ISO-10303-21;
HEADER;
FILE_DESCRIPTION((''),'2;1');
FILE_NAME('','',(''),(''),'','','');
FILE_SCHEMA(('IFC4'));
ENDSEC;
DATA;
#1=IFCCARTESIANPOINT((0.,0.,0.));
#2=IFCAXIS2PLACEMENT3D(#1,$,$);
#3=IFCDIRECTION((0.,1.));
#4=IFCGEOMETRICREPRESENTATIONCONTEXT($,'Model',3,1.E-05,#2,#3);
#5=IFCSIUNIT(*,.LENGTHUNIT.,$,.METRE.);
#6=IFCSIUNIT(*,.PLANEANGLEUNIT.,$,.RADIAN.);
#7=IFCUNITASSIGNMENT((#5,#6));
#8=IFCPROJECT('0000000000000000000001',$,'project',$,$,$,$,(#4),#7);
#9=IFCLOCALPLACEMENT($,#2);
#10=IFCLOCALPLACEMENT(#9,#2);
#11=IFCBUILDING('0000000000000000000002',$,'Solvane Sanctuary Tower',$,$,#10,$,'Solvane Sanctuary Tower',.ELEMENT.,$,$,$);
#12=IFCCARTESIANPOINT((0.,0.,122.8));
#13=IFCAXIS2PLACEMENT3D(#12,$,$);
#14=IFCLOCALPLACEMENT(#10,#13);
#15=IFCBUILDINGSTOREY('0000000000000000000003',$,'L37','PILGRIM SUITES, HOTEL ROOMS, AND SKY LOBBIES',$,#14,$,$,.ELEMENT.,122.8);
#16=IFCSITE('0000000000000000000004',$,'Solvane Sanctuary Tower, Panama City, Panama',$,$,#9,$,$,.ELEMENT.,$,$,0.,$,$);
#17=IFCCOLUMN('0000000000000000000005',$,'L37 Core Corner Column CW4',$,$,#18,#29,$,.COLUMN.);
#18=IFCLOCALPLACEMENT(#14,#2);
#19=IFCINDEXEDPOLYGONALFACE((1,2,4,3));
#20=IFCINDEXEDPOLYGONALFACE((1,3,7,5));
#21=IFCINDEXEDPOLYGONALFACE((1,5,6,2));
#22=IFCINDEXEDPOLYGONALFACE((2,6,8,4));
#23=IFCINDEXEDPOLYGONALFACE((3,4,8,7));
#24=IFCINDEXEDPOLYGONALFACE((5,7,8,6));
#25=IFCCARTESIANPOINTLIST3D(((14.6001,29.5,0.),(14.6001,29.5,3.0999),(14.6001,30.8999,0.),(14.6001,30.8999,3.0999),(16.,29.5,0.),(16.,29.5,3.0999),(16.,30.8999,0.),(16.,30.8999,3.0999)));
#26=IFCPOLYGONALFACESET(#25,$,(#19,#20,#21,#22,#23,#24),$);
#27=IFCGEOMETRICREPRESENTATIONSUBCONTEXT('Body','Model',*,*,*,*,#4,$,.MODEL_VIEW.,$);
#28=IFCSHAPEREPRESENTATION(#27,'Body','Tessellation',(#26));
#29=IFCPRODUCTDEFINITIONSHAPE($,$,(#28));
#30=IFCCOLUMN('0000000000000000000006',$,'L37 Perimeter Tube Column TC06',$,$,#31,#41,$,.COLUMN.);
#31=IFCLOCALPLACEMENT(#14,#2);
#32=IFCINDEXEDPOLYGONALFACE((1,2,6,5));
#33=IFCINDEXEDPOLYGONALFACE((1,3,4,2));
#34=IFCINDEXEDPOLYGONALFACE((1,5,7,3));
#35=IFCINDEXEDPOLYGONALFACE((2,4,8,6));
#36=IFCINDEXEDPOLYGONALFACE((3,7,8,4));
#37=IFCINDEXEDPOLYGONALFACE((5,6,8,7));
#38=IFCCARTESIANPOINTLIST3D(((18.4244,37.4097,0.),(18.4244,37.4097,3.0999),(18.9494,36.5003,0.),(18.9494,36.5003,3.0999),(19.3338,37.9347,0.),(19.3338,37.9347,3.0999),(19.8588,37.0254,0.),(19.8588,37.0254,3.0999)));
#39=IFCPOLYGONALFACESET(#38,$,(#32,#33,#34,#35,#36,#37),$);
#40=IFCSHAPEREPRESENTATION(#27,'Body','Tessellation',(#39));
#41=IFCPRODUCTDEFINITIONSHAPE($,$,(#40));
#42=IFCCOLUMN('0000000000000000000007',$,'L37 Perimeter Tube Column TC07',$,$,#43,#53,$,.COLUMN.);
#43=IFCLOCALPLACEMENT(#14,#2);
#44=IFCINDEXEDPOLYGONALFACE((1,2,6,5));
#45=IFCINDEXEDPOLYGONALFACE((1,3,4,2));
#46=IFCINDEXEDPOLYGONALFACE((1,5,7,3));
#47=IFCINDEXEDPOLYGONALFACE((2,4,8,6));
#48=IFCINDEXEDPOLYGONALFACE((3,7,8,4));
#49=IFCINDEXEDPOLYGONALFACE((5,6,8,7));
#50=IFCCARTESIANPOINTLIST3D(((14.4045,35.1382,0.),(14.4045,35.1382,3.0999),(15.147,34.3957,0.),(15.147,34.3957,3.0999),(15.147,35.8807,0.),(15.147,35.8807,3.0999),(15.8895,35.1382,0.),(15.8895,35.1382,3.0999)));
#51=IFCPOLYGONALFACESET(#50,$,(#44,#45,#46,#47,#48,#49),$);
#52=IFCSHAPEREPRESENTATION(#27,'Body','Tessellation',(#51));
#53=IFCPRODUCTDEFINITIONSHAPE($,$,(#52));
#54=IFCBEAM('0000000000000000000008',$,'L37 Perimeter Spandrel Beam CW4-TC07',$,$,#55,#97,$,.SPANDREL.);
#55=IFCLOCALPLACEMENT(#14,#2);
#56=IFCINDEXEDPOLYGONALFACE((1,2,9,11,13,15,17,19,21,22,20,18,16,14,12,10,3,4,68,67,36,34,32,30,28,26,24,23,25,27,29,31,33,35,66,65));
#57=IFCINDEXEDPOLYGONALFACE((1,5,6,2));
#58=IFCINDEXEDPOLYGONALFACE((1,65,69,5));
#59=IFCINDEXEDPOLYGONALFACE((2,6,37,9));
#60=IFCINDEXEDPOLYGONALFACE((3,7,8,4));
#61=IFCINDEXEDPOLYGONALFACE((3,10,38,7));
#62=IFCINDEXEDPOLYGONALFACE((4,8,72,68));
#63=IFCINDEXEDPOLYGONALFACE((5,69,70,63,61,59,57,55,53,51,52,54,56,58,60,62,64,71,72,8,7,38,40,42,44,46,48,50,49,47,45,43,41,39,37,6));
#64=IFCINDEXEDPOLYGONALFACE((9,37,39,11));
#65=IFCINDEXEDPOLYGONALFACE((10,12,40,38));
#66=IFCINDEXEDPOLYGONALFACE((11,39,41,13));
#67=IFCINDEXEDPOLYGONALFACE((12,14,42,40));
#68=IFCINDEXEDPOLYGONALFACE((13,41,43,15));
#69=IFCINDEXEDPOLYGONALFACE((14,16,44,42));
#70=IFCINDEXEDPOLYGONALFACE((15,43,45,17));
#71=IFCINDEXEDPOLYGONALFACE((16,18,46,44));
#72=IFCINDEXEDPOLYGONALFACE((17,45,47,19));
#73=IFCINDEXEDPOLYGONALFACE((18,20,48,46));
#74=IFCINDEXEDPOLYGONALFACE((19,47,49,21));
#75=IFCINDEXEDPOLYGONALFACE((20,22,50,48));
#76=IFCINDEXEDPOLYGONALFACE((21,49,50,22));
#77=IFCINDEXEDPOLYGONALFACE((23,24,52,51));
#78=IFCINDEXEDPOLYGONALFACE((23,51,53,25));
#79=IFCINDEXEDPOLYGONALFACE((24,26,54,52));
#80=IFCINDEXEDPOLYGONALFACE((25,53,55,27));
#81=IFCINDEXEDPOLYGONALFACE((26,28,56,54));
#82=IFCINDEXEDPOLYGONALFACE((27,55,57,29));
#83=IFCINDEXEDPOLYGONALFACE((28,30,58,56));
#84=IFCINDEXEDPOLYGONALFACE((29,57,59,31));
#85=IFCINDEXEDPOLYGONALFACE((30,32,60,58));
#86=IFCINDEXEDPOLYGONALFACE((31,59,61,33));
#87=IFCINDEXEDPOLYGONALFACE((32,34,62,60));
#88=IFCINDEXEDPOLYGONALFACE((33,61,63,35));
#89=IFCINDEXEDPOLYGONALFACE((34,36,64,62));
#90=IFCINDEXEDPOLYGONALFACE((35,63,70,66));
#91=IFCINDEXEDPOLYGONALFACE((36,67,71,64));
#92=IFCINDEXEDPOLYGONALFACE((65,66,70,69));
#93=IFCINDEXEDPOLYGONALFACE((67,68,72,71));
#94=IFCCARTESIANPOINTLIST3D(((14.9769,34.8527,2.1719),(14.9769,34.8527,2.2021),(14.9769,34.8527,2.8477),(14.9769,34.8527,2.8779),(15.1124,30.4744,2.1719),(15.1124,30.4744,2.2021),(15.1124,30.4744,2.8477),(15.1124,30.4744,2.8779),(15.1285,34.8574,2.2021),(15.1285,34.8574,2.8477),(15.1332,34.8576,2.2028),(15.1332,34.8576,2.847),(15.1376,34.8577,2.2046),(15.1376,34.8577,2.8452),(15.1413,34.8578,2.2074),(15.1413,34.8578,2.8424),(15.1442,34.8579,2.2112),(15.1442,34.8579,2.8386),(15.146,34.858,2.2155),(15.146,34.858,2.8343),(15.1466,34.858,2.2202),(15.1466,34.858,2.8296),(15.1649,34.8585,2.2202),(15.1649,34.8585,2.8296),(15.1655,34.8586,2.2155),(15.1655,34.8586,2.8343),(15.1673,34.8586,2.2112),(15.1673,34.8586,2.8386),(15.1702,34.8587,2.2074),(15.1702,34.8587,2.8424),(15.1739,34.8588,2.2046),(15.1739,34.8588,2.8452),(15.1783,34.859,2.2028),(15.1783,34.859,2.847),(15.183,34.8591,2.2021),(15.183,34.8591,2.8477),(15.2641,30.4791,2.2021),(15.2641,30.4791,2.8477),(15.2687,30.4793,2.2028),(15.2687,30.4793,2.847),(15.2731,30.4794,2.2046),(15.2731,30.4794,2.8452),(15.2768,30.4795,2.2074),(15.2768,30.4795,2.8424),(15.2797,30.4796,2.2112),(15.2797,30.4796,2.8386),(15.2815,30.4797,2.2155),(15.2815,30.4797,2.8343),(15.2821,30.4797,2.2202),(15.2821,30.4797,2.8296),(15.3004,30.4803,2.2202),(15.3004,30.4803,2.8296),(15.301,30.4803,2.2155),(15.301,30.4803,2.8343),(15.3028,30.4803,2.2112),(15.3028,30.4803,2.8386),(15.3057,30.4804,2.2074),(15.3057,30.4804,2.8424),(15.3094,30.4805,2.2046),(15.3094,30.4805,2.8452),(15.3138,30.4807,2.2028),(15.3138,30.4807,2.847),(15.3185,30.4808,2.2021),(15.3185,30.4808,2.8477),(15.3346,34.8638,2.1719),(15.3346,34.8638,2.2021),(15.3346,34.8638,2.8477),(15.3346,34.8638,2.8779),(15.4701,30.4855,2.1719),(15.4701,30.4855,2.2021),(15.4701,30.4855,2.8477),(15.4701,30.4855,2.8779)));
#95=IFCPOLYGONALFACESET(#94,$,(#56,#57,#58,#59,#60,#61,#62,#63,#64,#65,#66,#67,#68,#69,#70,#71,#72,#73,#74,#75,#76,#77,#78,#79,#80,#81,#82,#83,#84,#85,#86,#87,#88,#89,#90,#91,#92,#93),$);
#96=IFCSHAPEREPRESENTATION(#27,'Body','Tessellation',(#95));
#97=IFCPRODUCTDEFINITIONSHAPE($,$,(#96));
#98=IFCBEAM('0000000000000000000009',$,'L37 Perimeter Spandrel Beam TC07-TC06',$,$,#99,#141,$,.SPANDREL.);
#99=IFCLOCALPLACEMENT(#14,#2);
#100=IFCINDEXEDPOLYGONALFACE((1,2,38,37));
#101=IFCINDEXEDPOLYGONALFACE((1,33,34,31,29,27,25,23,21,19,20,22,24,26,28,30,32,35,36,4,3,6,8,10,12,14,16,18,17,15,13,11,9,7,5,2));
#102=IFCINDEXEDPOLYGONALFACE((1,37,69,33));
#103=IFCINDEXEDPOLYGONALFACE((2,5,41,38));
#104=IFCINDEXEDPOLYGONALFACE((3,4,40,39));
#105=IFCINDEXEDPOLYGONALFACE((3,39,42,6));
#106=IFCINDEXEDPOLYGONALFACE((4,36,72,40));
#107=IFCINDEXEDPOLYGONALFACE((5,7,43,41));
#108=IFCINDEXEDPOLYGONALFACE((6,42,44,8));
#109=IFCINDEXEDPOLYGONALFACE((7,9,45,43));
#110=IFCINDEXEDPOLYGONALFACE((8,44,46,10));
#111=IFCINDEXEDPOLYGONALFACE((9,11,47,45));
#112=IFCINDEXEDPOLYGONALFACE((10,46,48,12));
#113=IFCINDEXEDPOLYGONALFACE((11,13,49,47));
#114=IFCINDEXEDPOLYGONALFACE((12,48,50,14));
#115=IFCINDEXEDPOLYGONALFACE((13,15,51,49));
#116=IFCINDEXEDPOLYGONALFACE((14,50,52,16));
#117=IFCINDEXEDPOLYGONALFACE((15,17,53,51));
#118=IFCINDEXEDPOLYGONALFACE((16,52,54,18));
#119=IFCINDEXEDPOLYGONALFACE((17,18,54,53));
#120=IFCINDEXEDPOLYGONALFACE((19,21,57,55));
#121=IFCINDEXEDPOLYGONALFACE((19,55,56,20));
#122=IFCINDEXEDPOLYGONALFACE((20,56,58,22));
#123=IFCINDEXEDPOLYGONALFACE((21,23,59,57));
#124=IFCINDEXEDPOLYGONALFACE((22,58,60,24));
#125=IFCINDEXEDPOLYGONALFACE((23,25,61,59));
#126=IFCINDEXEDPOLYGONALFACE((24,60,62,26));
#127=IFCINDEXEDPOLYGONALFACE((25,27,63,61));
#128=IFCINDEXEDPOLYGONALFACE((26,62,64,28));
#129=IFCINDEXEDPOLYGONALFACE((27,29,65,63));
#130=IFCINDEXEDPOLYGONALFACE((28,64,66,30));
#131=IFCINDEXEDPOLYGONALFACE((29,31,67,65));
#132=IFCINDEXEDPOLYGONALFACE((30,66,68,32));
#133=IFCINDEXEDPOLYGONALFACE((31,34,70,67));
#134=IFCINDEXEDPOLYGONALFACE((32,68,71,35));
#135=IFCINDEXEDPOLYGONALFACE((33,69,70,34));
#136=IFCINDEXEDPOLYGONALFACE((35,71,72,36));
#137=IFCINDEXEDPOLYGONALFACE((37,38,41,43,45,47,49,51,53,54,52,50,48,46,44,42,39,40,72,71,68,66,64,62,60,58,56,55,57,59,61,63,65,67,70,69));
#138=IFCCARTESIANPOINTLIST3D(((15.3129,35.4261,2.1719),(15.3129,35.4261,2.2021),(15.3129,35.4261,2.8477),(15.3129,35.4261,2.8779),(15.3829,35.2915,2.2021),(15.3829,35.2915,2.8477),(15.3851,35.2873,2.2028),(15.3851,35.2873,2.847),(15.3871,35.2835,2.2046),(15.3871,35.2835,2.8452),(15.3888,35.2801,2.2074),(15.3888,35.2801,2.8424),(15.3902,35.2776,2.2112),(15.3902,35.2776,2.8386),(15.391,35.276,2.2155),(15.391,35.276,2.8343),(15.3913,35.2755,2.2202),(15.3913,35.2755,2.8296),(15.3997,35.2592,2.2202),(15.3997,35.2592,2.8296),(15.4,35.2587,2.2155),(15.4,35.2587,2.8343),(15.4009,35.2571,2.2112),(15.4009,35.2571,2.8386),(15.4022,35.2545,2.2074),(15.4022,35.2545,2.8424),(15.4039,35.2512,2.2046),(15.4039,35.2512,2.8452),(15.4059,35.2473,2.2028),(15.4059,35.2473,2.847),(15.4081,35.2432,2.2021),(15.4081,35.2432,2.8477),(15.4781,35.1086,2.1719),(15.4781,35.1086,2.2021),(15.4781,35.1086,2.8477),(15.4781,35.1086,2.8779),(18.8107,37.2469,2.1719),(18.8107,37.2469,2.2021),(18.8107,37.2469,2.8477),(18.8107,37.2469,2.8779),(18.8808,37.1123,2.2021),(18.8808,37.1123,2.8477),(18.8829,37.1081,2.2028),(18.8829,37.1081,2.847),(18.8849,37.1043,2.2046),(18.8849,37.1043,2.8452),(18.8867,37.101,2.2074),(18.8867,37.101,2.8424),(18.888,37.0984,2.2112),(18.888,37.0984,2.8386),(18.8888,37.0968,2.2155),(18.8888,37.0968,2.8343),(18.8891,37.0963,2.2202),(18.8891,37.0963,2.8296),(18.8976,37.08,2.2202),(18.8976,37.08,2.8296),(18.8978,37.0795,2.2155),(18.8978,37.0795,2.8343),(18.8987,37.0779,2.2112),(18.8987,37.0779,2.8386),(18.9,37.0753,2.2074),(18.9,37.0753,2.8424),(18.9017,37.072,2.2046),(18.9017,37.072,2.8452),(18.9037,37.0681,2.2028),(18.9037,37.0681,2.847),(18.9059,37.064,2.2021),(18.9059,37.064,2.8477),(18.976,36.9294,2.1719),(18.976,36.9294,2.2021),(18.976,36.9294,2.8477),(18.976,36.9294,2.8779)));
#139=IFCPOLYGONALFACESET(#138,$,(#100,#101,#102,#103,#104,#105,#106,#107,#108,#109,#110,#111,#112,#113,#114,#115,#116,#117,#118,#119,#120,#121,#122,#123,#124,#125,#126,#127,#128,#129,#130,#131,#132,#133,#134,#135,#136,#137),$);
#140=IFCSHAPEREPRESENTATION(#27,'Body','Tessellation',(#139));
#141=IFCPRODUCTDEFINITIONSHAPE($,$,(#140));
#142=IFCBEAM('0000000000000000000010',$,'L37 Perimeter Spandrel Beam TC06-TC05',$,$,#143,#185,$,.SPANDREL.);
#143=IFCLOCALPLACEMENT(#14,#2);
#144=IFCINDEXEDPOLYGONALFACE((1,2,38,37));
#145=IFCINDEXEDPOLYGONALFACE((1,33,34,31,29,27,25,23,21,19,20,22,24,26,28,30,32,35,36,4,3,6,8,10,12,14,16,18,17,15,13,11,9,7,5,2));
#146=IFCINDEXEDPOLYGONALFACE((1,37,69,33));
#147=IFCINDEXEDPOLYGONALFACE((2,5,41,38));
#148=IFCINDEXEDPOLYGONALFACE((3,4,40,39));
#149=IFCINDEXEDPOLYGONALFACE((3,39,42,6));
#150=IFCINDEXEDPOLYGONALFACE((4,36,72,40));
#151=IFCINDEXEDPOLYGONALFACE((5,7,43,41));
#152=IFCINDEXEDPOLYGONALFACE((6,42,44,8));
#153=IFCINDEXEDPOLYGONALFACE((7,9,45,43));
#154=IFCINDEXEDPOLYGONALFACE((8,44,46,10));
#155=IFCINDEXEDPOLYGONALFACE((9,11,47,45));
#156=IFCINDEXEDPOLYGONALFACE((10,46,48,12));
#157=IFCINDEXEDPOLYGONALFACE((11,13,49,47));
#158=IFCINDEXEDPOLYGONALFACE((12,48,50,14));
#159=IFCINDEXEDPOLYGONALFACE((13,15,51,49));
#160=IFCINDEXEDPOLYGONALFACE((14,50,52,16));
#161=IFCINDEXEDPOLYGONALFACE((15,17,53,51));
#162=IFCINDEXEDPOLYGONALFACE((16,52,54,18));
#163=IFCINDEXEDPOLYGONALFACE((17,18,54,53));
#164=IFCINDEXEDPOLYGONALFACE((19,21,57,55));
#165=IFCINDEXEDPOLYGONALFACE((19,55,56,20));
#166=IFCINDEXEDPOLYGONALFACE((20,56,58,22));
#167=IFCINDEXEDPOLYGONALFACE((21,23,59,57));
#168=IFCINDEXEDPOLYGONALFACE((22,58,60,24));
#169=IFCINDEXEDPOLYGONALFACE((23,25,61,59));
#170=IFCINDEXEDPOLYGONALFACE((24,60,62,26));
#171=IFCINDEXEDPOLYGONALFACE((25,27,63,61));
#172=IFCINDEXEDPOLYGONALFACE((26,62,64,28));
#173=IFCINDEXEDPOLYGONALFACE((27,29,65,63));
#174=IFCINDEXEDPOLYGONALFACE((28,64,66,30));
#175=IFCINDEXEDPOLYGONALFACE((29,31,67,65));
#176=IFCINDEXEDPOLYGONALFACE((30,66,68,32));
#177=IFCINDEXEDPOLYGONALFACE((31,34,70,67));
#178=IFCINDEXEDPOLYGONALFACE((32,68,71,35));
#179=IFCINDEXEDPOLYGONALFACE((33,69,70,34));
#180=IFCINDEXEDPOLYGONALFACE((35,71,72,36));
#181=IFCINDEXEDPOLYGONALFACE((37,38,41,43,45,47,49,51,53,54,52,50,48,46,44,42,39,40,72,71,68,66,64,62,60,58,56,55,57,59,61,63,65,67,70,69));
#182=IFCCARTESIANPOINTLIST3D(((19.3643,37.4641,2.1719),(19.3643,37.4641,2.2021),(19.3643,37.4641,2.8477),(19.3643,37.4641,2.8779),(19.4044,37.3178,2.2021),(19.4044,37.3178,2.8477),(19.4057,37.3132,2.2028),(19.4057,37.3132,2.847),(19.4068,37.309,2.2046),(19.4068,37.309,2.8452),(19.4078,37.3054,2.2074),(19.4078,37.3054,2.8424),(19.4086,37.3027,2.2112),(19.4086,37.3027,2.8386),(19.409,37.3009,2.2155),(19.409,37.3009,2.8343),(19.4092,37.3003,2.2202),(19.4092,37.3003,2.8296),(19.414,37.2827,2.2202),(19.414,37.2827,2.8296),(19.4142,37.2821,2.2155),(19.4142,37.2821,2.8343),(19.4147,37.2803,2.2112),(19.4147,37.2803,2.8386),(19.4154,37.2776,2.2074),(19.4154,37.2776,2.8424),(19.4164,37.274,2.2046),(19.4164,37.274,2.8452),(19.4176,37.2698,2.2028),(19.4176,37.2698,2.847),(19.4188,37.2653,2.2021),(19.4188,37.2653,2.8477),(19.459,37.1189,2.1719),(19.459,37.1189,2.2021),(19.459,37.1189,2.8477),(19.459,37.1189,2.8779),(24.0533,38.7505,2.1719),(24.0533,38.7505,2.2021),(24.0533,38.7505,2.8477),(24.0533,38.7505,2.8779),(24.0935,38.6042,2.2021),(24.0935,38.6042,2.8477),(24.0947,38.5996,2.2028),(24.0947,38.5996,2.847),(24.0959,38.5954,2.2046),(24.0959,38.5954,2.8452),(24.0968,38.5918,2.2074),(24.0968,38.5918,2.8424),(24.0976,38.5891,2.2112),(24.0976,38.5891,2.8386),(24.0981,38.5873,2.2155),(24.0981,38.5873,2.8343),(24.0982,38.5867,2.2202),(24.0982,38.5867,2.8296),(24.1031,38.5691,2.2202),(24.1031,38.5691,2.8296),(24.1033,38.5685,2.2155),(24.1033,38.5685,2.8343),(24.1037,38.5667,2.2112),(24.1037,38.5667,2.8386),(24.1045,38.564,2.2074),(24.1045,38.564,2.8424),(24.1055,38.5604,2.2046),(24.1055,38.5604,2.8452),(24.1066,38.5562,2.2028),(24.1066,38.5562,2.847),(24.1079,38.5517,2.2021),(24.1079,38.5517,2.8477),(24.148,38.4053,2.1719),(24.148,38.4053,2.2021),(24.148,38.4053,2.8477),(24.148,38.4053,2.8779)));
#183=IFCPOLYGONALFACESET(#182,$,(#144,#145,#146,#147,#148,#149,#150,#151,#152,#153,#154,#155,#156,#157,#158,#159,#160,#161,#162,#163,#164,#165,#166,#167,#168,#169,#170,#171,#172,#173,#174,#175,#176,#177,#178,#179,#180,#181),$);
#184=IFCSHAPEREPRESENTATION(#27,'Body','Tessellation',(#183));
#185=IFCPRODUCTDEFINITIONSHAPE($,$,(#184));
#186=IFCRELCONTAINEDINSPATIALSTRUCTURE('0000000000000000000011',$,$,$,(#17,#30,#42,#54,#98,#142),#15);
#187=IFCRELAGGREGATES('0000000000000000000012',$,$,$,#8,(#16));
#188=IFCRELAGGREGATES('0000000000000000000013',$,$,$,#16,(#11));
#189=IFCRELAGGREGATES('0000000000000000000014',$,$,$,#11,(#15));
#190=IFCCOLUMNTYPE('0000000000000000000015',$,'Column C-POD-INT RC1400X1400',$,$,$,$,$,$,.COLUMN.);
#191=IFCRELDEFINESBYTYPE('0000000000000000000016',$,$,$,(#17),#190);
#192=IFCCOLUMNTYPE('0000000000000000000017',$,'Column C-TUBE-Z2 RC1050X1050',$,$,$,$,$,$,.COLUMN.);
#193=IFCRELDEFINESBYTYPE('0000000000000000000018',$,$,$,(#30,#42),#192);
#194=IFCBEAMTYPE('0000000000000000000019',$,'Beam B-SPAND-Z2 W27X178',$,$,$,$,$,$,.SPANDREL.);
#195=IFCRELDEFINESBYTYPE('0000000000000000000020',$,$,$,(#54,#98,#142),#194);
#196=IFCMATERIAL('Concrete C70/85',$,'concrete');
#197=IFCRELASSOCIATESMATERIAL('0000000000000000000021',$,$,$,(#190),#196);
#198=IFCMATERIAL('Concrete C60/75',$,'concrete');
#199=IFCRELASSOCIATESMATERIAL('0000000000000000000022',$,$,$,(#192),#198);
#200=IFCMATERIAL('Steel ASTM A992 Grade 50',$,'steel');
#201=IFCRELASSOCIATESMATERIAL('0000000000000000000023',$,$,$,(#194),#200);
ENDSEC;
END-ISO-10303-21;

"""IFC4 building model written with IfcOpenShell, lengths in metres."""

from ifc_helpers import new_model, si_unit, direction, frame, origin, origin_2d, place, context, subcontext, project, spatial, rectangle, i_section, extrude, material, material_profile, profile_set, type_object, element, save


model = new_model("IFC4")

# Units and contexts
model_context = context("Model", 3, precision=1e-05, world=origin(), true_north=direction((0.0, 1.0)))
body_context = subcontext(model_context, "Body", "Model", "MODEL_VIEW")
ifc_project = project(units=[si_unit("LENGTHUNIT", "METRE"), si_unit("PLANEANGLEUNIT", "RADIAN")], contexts=[model_context])

# Site, building, storey
site_placement = place(None, origin())
site = spatial("IfcSite", under=ifc_project, at=site_placement, Name="Solvane Sanctuary Tower, Panama City, Panama", CompositionType="ELEMENT", RefElevation=0.0)
building_placement = place(site_placement, origin())
building = spatial("IfcBuilding", under=site, at=building_placement, Name="Solvane Sanctuary Tower", LongName="Solvane Sanctuary Tower", CompositionType="ELEMENT")
storey_placement = place(building_placement, frame((0.0, 0.0, 122.8)))
storey = spatial("IfcBuildingStorey", under=building, at=storey_placement, Name="L37", Description="PILGRIM SUITES, HOTEL ROOMS, AND SKY LOBBIES", CompositionType="ELEMENT", Elevation=122.8)

# Columns
ifc_material_1 = material(Name="Concrete C70/85", Category="concrete")
ifc_material_profile_1 = material_profile(ifc_material_1, rectangle(XDim=1.3999, YDim=1.3999, at=origin_2d()), Name="RC1400X1400")
ifc_profile_set_1 = profile_set([ifc_material_profile_1], Name="Concrete C70/85")
column_type_1 = type_object("IfcColumnType", Name="Column C-POD-INT RC1400X1400", PredefinedType="COLUMN", material=ifc_profile_set_1)
column_placement = place(storey_placement, frame((15.3, 30.2, 0.0), z_axis=(0.0, 0.0, 1.0), x_axis=(1.0, 0.0, 0.0)))
element("IfcColumn", 1, at=column_placement, inside=storey, type_object=column_type_1, Name="L37 Core Corner Column CW4", PredefinedType="COLUMN", context=body_context, shape_type="SweptSolid", body=[
    extrude(rectangle(XDim=1.3999, YDim=1.3999, at=origin_2d()), origin(), (0.0, 0.0, 1.0), 3.0999),
])
ifc_material_2 = material(Name="Concrete C60/75", Category="concrete")
ifc_material_profile_2 = material_profile(ifc_material_2, rectangle(XDim=1.05, YDim=1.05, at=origin_2d()), Name="RC1050X1050")
ifc_profile_set_2 = profile_set([ifc_material_profile_2], Name="Concrete C60/75")
column_type_2 = type_object("IfcColumnType", Name="Column C-TUBE-Z2 RC1050X1050", PredefinedType="COLUMN", material=ifc_profile_set_2)
for number, where, z_axis, x_axis, name in (
    (2, (19.1416, 37.2175, 0.0), (0.0, 0.0, 1.0), (-0.5, 0.866025, 0.0), "L37 Perimeter Tube Column TC06"),
    (3, (15.147, 35.1382, 0.0), (0.0, 0.0, 1.0), (-0.707107, 0.707107, 0.0), "L37 Perimeter Tube Column TC07"),
):
    element("IfcColumn", number, at=place(storey_placement, frame(where, z_axis=z_axis, x_axis=x_axis)), inside=storey, type_object=column_type_2, Name=name, PredefinedType="COLUMN", context=body_context, shape_type="SweptSolid", body=[
        extrude(rectangle(XDim=1.05, YDim=1.05, at=origin_2d()), origin(), (0.0, 0.0, 1.0), 3.0999),
    ])

# Beams
ifc_material_3 = material(Name="Steel ASTM A992 Grade 50", Category="steel")
ifc_material_profile_3 = material_profile(ifc_material_3, i_section(OverallWidth=0.3579, OverallDepth=0.7061, WebThickness=0.0183, FlangeThickness=0.0303, FilletRadius=0.0181, at=origin_2d()), Name="W27X178")
ifc_profile_set_3 = profile_set([ifc_material_profile_3], Name="Steel ASTM A992 Grade 50")
beam_type = type_object("IfcBeamType", Name="Beam B-SPAND-Z2 W27X178", PredefinedType="SPANDREL", material=ifc_profile_set_3)
beam_1_placement = place(storey_placement, frame((15.2913, 30.48, 2.5249), z_axis=(-0.030934, 0.999521, 0.0), x_axis=(-0.999521, -0.030934, 0.0)))
element("IfcBeam", 4, at=beam_1_placement, inside=storey, type_object=beam_type, Name="L37 Perimeter Spandrel Beam CW4-TC07", PredefinedType="SPANDREL", context=body_context, shape_type="SweptSolid", body=[
    extrude(i_section(OverallWidth=0.3579, OverallDepth=0.7061, WebThickness=0.0183, FlangeThickness=0.0303, FilletRadius=0.0181, at=origin_2d()), origin(), (0.0, 0.0, 1.0), 4.3804),
])
beam_2_placement = place(storey_placement, frame((15.3955, 35.2673, 2.5249), z_axis=(0.887015, 0.461741, 0.0), x_axis=(-0.461741, 0.887015, 0.0)))
element("IfcBeam", 5, at=beam_2_placement, inside=storey, type_object=beam_type, Name="L37 Perimeter Spandrel Beam TC07-TC06", PredefinedType="SPANDREL", context=body_context, shape_type="SweptSolid", body=[
    extrude(i_section(OverallWidth=0.3579, OverallDepth=0.7061, WebThickness=0.0183, FlangeThickness=0.0303, FilletRadius=0.0181, at=origin_2d()), origin(), (0.0, 0.0, 1.0), 3.9434),
])
beam_3_placement = place(storey_placement, frame((19.4116, 37.2915, 2.5249), z_axis=(0.964368, 0.264566, 0.0), x_axis=(-0.264566, 0.964368, 0.0)))
element("IfcBeam", 6, at=beam_3_placement, inside=storey, type_object=beam_type, Name="L37 Perimeter Spandrel Beam TC06-TC05", PredefinedType="SPANDREL", context=body_context, shape_type="SweptSolid", body=[
    extrude(i_section(OverallWidth=0.3579, OverallDepth=0.7061, WebThickness=0.0183, FlangeThickness=0.0303, FilletRadius=0.0181, at=origin_2d()), origin(), (0.0, 0.0, 1.0), 4.8623),
])

save(model, "model.ifc")
